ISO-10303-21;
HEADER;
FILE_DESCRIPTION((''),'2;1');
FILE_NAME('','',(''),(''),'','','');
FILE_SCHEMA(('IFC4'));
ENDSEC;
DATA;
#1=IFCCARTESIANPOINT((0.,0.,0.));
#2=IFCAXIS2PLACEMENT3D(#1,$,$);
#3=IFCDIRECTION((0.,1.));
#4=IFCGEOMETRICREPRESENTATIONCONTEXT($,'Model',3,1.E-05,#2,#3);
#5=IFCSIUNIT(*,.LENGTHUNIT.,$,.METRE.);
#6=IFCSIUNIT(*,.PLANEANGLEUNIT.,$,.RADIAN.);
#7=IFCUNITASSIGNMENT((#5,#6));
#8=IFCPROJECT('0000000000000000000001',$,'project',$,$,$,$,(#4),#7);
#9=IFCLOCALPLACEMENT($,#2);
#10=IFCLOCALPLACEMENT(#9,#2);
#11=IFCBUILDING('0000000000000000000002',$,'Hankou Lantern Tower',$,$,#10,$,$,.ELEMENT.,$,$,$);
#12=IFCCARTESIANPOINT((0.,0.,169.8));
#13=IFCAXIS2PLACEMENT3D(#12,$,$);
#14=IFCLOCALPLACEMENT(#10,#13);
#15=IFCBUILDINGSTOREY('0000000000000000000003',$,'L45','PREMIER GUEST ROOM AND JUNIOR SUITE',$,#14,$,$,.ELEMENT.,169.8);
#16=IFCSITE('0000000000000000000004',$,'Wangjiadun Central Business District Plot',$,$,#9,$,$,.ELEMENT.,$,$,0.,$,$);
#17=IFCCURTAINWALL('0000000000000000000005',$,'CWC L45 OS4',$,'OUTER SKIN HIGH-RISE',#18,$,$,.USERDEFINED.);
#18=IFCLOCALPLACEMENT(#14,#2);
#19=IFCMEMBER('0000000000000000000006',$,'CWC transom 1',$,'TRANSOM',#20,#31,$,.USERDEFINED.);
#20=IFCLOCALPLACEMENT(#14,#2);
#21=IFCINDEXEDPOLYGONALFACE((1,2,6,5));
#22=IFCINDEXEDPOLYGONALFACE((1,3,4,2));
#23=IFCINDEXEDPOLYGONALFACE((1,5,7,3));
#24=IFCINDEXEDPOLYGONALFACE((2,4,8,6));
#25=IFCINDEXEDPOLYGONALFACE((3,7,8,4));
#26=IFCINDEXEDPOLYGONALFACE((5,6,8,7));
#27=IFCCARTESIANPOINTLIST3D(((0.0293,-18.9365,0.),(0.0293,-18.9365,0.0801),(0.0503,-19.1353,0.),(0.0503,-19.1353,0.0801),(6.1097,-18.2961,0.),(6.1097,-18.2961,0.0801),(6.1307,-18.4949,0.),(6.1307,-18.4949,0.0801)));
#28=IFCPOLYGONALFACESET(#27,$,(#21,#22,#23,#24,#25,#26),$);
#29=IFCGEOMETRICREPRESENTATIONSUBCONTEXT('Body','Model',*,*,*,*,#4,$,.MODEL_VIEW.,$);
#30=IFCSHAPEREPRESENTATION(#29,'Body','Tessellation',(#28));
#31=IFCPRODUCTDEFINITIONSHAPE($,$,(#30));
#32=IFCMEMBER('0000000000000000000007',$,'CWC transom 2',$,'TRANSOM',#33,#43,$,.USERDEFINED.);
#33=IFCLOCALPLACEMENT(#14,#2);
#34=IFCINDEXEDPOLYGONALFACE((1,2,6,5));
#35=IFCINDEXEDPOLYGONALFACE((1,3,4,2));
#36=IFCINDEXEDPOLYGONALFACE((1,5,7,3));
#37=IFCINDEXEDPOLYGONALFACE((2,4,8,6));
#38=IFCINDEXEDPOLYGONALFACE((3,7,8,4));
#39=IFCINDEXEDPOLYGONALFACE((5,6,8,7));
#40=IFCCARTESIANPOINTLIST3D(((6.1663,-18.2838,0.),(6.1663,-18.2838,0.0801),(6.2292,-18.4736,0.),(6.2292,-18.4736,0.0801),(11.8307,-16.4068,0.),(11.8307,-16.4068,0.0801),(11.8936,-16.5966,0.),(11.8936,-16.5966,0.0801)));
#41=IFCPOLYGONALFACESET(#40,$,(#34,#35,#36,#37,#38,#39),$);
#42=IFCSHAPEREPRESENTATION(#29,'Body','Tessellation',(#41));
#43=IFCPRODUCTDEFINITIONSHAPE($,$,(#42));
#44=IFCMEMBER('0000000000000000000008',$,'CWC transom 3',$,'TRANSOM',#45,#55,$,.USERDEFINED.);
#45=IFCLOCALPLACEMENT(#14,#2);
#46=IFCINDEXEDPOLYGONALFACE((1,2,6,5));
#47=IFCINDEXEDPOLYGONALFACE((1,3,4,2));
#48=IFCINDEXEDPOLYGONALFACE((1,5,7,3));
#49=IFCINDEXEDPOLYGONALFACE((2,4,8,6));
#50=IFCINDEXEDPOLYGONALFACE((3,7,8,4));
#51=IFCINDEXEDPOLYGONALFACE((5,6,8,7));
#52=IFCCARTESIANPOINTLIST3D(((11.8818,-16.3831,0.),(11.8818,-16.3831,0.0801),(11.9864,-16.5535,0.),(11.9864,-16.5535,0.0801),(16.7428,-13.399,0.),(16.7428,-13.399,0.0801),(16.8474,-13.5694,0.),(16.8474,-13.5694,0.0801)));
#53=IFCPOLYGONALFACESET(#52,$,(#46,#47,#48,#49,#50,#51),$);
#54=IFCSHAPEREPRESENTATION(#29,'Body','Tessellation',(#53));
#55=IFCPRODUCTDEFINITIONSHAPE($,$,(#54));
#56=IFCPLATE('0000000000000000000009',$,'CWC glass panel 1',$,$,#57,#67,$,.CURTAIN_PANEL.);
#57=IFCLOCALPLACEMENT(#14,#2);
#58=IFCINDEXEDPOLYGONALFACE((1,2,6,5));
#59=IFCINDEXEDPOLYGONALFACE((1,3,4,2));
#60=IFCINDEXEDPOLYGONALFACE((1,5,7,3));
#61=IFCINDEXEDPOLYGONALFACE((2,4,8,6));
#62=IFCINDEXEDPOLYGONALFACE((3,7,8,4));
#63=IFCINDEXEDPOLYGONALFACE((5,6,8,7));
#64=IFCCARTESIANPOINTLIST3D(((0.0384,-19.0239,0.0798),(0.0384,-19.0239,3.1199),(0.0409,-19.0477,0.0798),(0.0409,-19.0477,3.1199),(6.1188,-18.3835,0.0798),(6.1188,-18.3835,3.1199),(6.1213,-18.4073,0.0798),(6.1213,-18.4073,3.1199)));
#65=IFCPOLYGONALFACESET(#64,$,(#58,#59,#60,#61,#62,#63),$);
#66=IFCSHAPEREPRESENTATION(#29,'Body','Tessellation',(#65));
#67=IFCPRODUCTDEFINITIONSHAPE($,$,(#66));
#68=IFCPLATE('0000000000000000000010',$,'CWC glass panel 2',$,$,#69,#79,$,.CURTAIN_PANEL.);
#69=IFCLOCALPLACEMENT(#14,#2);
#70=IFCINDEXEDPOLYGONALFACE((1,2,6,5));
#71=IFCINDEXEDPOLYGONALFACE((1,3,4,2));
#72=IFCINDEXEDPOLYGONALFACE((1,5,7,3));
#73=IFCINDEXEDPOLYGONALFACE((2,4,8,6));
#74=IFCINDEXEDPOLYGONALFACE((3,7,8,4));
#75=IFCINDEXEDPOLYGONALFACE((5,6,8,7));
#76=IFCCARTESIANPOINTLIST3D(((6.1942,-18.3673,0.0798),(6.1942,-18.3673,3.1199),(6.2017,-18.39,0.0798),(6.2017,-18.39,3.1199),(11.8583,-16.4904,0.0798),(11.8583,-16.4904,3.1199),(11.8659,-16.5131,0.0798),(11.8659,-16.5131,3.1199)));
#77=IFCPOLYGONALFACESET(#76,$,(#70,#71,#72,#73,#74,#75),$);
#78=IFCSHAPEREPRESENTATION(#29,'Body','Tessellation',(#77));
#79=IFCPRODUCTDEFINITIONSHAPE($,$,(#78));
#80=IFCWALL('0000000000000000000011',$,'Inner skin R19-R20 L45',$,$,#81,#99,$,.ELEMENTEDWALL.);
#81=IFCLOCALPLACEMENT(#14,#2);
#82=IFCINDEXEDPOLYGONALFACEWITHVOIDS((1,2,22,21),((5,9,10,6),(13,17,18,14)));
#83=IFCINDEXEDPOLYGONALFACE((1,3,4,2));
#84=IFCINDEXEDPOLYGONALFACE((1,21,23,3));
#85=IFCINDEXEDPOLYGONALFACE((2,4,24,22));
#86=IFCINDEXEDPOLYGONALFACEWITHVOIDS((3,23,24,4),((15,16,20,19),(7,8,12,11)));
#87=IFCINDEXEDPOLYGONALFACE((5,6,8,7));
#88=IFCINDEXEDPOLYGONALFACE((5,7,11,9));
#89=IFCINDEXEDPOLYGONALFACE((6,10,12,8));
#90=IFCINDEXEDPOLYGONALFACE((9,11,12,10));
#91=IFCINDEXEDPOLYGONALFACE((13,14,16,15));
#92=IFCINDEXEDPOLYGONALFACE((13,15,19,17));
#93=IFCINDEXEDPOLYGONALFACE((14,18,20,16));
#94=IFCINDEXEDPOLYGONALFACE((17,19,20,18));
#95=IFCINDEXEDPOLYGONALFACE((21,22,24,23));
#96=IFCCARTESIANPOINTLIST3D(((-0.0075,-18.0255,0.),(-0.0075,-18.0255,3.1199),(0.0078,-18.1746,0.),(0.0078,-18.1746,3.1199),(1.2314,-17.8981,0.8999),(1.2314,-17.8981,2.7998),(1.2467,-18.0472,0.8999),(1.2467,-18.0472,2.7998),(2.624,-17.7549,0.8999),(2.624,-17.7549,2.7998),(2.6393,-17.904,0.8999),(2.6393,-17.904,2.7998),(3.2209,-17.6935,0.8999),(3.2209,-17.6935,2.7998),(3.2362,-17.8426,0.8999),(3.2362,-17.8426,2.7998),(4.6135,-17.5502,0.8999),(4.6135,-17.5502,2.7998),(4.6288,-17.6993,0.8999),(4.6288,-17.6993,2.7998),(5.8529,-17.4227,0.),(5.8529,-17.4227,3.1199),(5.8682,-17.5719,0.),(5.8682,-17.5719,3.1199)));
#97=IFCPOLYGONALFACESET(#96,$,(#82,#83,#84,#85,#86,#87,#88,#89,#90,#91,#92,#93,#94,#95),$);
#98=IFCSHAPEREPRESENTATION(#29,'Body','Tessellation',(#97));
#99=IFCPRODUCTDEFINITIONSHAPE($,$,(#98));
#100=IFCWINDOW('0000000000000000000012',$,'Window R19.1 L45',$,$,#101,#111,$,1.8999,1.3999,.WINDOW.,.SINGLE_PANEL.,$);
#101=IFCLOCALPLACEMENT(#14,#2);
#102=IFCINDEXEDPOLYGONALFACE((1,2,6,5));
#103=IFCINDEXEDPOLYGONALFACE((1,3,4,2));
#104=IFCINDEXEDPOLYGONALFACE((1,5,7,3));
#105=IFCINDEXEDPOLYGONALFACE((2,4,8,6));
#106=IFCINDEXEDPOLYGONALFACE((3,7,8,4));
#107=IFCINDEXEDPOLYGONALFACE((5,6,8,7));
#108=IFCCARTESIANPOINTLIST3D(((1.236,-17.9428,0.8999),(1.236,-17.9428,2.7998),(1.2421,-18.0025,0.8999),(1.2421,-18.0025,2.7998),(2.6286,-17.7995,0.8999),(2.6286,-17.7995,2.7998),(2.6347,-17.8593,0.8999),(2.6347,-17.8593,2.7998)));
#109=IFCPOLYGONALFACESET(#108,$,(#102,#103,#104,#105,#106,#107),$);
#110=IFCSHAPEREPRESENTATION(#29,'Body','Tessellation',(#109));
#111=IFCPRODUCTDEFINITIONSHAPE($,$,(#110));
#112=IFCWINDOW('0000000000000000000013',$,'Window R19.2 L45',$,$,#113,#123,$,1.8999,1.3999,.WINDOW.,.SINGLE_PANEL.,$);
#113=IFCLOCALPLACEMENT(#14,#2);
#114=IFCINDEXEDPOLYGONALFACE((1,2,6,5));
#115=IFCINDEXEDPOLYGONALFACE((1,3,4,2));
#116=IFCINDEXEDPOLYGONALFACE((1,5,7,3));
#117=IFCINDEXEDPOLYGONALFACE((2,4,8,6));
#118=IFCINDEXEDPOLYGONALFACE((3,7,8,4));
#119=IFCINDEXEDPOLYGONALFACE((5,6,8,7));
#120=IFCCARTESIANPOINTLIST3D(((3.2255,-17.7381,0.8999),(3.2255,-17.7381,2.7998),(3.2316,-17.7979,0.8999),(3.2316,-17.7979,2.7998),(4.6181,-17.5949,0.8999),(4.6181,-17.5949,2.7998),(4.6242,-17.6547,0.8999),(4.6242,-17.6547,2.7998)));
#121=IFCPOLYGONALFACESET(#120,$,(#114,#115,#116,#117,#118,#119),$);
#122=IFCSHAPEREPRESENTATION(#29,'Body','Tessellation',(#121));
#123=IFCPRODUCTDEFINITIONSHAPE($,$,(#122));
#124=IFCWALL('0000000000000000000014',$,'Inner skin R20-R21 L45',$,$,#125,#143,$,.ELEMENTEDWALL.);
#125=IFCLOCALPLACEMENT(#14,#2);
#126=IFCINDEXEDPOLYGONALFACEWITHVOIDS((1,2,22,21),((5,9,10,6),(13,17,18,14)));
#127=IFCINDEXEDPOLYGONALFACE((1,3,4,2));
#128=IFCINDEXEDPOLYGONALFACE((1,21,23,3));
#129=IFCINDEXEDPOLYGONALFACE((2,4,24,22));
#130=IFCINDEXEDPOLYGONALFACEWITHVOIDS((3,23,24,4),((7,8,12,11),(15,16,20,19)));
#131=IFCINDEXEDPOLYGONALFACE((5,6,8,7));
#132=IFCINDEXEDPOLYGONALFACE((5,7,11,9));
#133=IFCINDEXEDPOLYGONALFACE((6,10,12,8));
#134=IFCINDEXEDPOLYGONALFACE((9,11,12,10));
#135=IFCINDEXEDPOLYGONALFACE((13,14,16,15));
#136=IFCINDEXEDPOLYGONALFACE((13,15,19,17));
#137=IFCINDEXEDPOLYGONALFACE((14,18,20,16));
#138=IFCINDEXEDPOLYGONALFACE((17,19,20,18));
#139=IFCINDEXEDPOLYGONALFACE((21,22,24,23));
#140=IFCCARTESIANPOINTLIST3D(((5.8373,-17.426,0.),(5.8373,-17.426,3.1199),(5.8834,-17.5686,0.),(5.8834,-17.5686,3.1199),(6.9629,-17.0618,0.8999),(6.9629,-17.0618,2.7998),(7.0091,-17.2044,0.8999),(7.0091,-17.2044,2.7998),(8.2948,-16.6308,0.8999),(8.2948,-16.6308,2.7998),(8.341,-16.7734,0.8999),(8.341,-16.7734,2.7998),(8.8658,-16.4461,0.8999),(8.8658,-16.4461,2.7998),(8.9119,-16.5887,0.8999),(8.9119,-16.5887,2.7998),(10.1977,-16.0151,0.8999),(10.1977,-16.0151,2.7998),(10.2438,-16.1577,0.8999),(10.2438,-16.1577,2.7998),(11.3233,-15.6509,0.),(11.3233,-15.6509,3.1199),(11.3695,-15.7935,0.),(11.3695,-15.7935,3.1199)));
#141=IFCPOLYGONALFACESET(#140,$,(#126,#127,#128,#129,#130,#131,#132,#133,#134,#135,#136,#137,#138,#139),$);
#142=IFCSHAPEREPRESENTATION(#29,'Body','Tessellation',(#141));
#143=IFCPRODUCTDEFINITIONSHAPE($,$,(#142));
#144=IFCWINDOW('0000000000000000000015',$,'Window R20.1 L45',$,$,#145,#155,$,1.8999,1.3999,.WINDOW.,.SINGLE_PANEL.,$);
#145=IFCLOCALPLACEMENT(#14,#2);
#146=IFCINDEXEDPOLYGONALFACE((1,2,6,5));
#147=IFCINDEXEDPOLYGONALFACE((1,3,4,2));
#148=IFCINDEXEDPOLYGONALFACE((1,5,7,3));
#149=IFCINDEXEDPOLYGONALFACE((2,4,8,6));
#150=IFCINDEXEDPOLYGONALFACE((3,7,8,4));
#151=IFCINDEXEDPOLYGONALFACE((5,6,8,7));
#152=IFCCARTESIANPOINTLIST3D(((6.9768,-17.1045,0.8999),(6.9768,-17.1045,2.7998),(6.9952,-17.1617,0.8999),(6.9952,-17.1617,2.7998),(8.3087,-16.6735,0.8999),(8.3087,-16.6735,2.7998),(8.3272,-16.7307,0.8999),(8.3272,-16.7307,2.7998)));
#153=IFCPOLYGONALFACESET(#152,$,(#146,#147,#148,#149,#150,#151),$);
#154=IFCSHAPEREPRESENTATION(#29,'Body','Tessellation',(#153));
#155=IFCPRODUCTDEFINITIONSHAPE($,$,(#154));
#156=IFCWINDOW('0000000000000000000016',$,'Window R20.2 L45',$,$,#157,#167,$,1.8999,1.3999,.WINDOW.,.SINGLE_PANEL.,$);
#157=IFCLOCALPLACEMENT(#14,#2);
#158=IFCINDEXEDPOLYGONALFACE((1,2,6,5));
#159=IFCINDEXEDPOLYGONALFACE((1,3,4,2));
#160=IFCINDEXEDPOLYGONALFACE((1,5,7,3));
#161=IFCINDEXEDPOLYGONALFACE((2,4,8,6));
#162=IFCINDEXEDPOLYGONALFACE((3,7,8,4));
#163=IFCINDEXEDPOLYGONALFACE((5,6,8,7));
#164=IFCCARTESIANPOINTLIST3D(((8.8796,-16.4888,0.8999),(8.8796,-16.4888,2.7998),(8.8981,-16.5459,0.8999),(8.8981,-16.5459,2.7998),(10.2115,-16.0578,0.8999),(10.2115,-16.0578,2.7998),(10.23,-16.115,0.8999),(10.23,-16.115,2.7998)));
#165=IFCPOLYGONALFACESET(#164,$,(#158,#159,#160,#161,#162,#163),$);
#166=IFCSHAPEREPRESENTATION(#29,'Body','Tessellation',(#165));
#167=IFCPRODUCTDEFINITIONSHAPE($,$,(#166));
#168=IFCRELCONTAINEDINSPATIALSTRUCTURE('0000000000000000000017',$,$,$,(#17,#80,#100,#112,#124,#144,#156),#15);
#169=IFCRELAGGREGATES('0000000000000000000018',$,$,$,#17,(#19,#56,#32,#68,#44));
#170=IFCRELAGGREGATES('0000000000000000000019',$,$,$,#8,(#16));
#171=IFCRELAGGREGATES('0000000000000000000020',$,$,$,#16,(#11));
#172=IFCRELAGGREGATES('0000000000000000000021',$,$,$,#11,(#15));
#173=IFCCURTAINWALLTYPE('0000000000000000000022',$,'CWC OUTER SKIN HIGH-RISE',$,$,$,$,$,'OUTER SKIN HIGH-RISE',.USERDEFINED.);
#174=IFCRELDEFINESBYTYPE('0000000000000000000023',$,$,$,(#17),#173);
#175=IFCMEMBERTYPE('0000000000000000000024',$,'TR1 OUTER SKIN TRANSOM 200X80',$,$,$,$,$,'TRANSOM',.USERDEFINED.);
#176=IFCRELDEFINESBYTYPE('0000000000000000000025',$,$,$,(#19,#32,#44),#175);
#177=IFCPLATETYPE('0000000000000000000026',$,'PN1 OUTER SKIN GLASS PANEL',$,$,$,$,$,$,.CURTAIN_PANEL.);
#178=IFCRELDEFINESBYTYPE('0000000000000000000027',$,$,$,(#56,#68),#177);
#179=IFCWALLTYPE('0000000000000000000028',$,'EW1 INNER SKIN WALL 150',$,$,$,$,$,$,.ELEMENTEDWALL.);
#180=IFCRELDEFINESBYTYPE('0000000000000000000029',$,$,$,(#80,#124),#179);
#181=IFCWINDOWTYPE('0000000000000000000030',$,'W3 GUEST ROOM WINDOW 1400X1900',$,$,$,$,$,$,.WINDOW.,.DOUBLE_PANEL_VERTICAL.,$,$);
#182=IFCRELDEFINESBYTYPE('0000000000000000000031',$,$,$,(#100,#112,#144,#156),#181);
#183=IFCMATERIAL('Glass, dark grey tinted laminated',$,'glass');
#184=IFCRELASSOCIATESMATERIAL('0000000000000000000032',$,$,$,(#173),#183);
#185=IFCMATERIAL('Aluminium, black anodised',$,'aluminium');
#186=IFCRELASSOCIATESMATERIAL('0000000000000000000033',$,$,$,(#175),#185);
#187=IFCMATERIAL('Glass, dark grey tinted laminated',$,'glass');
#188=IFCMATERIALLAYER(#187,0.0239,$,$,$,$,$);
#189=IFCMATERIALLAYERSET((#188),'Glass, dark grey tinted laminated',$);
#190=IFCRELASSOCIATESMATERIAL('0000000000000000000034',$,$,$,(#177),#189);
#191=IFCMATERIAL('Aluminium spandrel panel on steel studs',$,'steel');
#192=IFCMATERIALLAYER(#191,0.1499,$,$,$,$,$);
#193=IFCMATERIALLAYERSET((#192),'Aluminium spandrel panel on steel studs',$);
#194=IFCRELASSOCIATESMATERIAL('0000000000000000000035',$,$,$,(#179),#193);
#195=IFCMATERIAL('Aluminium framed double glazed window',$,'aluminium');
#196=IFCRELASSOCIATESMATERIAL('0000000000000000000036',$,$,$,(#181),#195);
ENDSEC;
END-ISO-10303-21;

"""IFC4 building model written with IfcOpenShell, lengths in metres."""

from ifc_helpers import new_model, si_unit, direction, frame, frame_2d, origin, origin_2d, place, context, subcontext, project, spatial, rectangle, extrude, material, layer, layer_set, material_profile, profile_set, type_object, element, fill, aggregate, save


model = new_model("IFC4")

# Units and contexts
model_context = context("Model", 3, precision=1e-05, world=origin(), true_north=direction((0.0, 1.0)))
body_context = subcontext(model_context, "Body", "Model", "MODEL_VIEW")
ifc_project = project(units=[si_unit("LENGTHUNIT", "METRE"), si_unit("PLANEANGLEUNIT", "RADIAN")], contexts=[model_context])

# Site, building, storey
site_placement = place(None, origin())
site = spatial("IfcSite", under=ifc_project, at=site_placement, Name="Wangjiadun Central Business District Plot", CompositionType="ELEMENT", RefElevation=0.0)
building_placement = place(site_placement, origin())
building = spatial("IfcBuilding", under=site, at=building_placement, Name="Hankou Lantern Tower", CompositionType="ELEMENT")
storey_placement = place(building_placement, frame((0.0, 0.0, 169.8)))
storey = spatial("IfcBuildingStorey", under=building, at=storey_placement, Name="L45", Description="PREMIER GUEST ROOM AND JUNIOR SUITE", CompositionType="ELEMENT", Elevation=169.8)

# Curtain wall
ifc_material_1 = material(Name="Glass, dark grey tinted laminated", Category="glass")
curtain_wall_type = type_object("IfcCurtainWallType", Name="CWC OUTER SKIN HIGH-RISE", ElementType="OUTER SKIN HIGH-RISE", PredefinedType="USERDEFINED", material=ifc_material_1)
curtain_wall_placement = place(storey_placement, origin())
curtain_wall = element("IfcCurtainWall", 1, at=curtain_wall_placement, inside=storey, type_object=curtain_wall_type, Name="CWC L45 OS4", ObjectType="OUTER SKIN HIGH-RISE", PredefinedType="USERDEFINED")

# Members
ifc_material_2 = material(Name="Aluminium, black anodised", Category="aluminium")
ifc_material_profile_1 = material_profile(ifc_material_2, rectangle(XDim=0.2, YDim=0.0801, at=origin_2d()), Name="TR1 200X80")
ifc_profile_set_1 = profile_set([ifc_material_profile_1], Name="Aluminium, black anodised")
member_type_1 = type_object("IfcMemberType", Name="TR1 OUTER SKIN TRANSOM 200X80", ElementType="TRANSOM", PredefinedType="USERDEFINED", material=ifc_profile_set_1)
member_1_placement = place(storey_placement, frame((0.0398, -19.0359, 0.04), z_axis=(0.9945, 0.104741, 0.0), x_axis=(-0.104741, 0.9945, 0.0)))
member_1 = element("IfcMember", 2, at=member_1_placement, type_object=member_type_1, Name="CWC transom 1", ObjectType="TRANSOM", PredefinedType="USERDEFINED", context=body_context, shape_type="SweptSolid", body=[
    extrude(rectangle(XDim=0.2, YDim=0.0801, at=origin_2d()), origin(), (0.0, 0.0, 1.0), 6.114),
])
member_2_placement = place(storey_placement, frame((6.1978, -18.3787, 0.04), z_axis=(0.949242, 0.314546, 0.0), x_axis=(-0.314546, 0.949242, 0.0)))
member_2 = element("IfcMember", 3, at=member_2_placement, type_object=member_type_1, Name="CWC transom 2", ObjectType="TRANSOM", PredefinedType="USERDEFINED", context=body_context, shape_type="SweptSolid", body=[
    extrude(rectangle(XDim=0.2, YDim=0.0801, at=origin_2d()), origin(), (0.0, 0.0, 1.0), 5.9673),
])
member_3_placement = place(storey_placement, frame((11.9341, -16.4683, 0.04), z_axis=(0.852229, 0.523168, 0.0), x_axis=(-0.523168, 0.852229, 0.0)))
member_3 = element("IfcMember", 4, at=member_3_placement, type_object=member_type_1, Name="CWC transom 3", ObjectType="TRANSOM", PredefinedType="USERDEFINED", context=body_context, shape_type="SweptSolid", body=[
    extrude(rectangle(XDim=0.2, YDim=0.0801, at=origin_2d()), origin(), (0.0, 0.0, 1.0), 5.7039),
])

# Plates
ifc_material_3 = material(Name="Glass, dark grey tinted laminated", Category="glass")
ifc_layer_1 = layer(ifc_material_3, 0.0239)
ifc_layer_set_1 = layer_set([ifc_layer_1], Name="Glass, dark grey tinted laminated")
plate_type = type_object("IfcPlateType", Name="PN1 OUTER SKIN GLASS PANEL", PredefinedType="CURTAIN_PANEL", material=ifc_layer_set_1)
plate_1_placement = place(storey_placement, frame((3.0798, -18.7156, 0.0798), z_axis=(0.0, 0.0, 1.0), x_axis=(0.994499, 0.104743, 0.0)))
plate_1 = element("IfcPlate", 5, at=plate_1_placement, type_object=plate_type, Name="CWC glass panel 1", PredefinedType="CURTAIN_PANEL", context=body_context, shape_type="SweptSolid", body=[
    extrude(rectangle(XDim=6.114, YDim=0.0239, at=origin_2d()), origin(), (0.0, 0.0, 1.0), 3.04),
])
plate_2_placement = place(storey_placement, frame((9.03, -17.4402, 0.0798), z_axis=(0.0, 0.0, 1.0), x_axis=(0.949241, 0.314551, 0.0)))
plate_2 = element("IfcPlate", 6, at=plate_2_placement, type_object=plate_type, Name="CWC glass panel 2", PredefinedType="CURTAIN_PANEL", context=body_context, shape_type="SweptSolid", body=[
    extrude(rectangle(XDim=5.967, YDim=0.0239, at=origin_2d()), origin(), (0.0, 0.0, 1.0), 3.04),
])
aggregate(curtain_wall, [member_1, plate_1, member_2, plate_2, member_3])

# Walls, openings, windows
ifc_material_4 = material(Name="Aluminium spandrel panel on steel studs", Category="steel")
ifc_layer_2 = layer(ifc_material_4, 0.1499)
ifc_layer_set_2 = layer_set([ifc_layer_2], Name="Aluminium spandrel panel on steel studs")
wall_type_1 = type_object("IfcWallType", Name="EW1 INNER SKIN WALL 150", PredefinedType="ELEMENTEDWALL", material=ifc_layer_set_2)
wall_1_placement = place(storey_placement, frame((0.0, -18.1001, 0.0), z_axis=(0.0, 0.0, 1.0), x_axis=(0.994752, 0.102318, 0.0)))
wall_1 = element("IfcWall", 7, at=wall_1_placement, inside=storey, type_object=wall_type_1, Name="Inner skin R19-R20 L45", PredefinedType="ELEMENTEDWALL", context=body_context, shape_type="SweptSolid", body=[
    extrude(rectangle(XDim=5.8914, YDim=0.1499, at=frame_2d((2.9458, 0.0))), origin(), (0.0, 0.0, 1.0), 3.1199),
])
opening_1_placement = place(wall_1_placement, frame((1.2456, 0.0, 0.8999)))
opening_1 = element("IfcOpeningElement", 8, at=opening_1_placement, cuts=wall_1, PredefinedType="OPENING", context=body_context, shape_type="SweptSolid", body=[
    extrude(rectangle(XDim=1.3999, YDim=1.8999, at=frame_2d((0.7, 0.95))), frame((0.0, 0.085, 0.0), z_axis=(0.0, -1.0, 0.0), x_axis=(1.0, 0.0, 0.0)), (0.0, 0.0, 1.0), 0.1699),
])
opening_2_placement = place(wall_1_placement, frame((3.2456, 0.0, 0.8999)))
opening_2 = element("IfcOpeningElement", 9, at=opening_2_placement, cuts=wall_1, PredefinedType="OPENING", context=body_context, shape_type="SweptSolid", body=[
    extrude(rectangle(XDim=1.3999, YDim=1.8999, at=frame_2d((0.7, 0.95))), frame((0.0, 0.085, 0.0), z_axis=(0.0, -1.0, 0.0), x_axis=(1.0, 0.0, 0.0)), (0.0, 0.0, 1.0), 0.1699),
])
ifc_material_5 = material(Name="Aluminium framed double glazed window", Category="aluminium")
window_type = type_object("IfcWindowType", Name="W3 GUEST ROOM WINDOW 1400X1900", PartitioningType="DOUBLE_PANEL_VERTICAL", PredefinedType="WINDOW", material=ifc_material_5)
window_1_placement = place(opening_1_placement, origin())
window_1 = element("IfcWindow", 10, at=window_1_placement, inside=storey, type_object=window_type, Name="Window R19.1 L45", OverallHeight=1.8999, OverallWidth=1.3999, PartitioningType="SINGLE_PANEL", PredefinedType="WINDOW", context=body_context, shape_type="SweptSolid", body=[
    extrude(rectangle(XDim=1.3999, YDim=1.8999, at=frame_2d((0.7, 0.95))), frame((0.0, 0.03, 0.0), z_axis=(0.0, -1.0, 0.0), x_axis=(1.0, 0.0, 0.0)), (0.0, 0.0, 1.0), 0.0601),
])
fill(opening_1, window_1)
window_2_placement = place(opening_2_placement, origin())
window_2 = element("IfcWindow", 11, at=window_2_placement, inside=storey, type_object=window_type, Name="Window R19.2 L45", OverallHeight=1.8999, OverallWidth=1.3999, PartitioningType="SINGLE_PANEL", PredefinedType="WINDOW", context=body_context, shape_type="SweptSolid", body=[
    extrude(rectangle(XDim=1.3999, YDim=1.8999, at=frame_2d((0.7, 0.95))), frame((0.0, 0.03, 0.0), z_axis=(0.0, -1.0, 0.0), x_axis=(1.0, 0.0, 0.0)), (0.0, 0.0, 1.0), 0.0601),
])
fill(opening_2, window_2)
wall_2_placement = place(storey_placement, frame((5.8604, -17.4973, 0.0), z_axis=(0.0, 0.0, 1.0), x_axis=(0.951432, 0.307857, 0.0)))
wall_2 = element("IfcWall", 12, at=wall_2_placement, inside=storey, type_object=wall_type_1, Name="Inner skin R20-R21 L45", PredefinedType="ELEMENTEDWALL", context=body_context, shape_type="SweptSolid", body=[
    extrude(rectangle(XDim=5.7661, YDim=0.1499, at=frame_2d((2.8831, 0.0))), origin(), (0.0, 0.0, 1.0), 3.1199),
])
opening_3_placement = place(wall_2_placement, frame((1.1831, 0.0, 0.8999)))
opening_3 = element("IfcOpeningElement", 13, at=opening_3_placement, cuts=wall_2, PredefinedType="OPENING", context=body_context, shape_type="SweptSolid", body=[
    extrude(rectangle(XDim=1.3999, YDim=1.8999, at=frame_2d((0.7, 0.95))), frame((0.0, 0.085, 0.0), z_axis=(0.0, -1.0, 0.0), x_axis=(1.0, 0.0, 0.0)), (0.0, 0.0, 1.0), 0.1699),
])
opening_4_placement = place(wall_2_placement, frame((3.1831, 0.0, 0.8999)))
opening_4 = element("IfcOpeningElement", 14, at=opening_4_placement, cuts=wall_2, PredefinedType="OPENING", context=body_context, shape_type="SweptSolid", body=[
    extrude(rectangle(XDim=1.3999, YDim=1.8999, at=frame_2d((0.7, 0.95))), frame((0.0, 0.085, 0.0), z_axis=(0.0, -1.0, 0.0), x_axis=(1.0, 0.0, 0.0)), (0.0, 0.0, 1.0), 0.1699),
])
window_3_placement = place(opening_3_placement, origin())
window_3 = element("IfcWindow", 15, at=window_3_placement, inside=storey, type_object=window_type, Name="Window R20.1 L45", OverallHeight=1.8999, OverallWidth=1.3999, PartitioningType="SINGLE_PANEL", PredefinedType="WINDOW", context=body_context, shape_type="SweptSolid", body=[
    extrude(rectangle(XDim=1.3999, YDim=1.8999, at=frame_2d((0.7, 0.95))), frame((0.0, 0.03, 0.0), z_axis=(0.0, -1.0, 0.0), x_axis=(1.0, 0.0, 0.0)), (0.0, 0.0, 1.0), 0.0601),
])
fill(opening_3, window_3)
window_4_placement = place(opening_4_placement, origin())
window_4 = element("IfcWindow", 16, at=window_4_placement, inside=storey, type_object=window_type, Name="Window R20.2 L45", OverallHeight=1.8999, OverallWidth=1.3999, PartitioningType="SINGLE_PANEL", PredefinedType="WINDOW", context=body_context, shape_type="SweptSolid", body=[
    extrude(rectangle(XDim=1.3999, YDim=1.8999, at=frame_2d((0.7, 0.95))), frame((0.0, 0.03, 0.0), z_axis=(0.0, -1.0, 0.0), x_axis=(1.0, 0.0, 0.0)), (0.0, 0.0, 1.0), 0.0601),
])
fill(opening_4, window_4)

save(model, "model.ifc")
